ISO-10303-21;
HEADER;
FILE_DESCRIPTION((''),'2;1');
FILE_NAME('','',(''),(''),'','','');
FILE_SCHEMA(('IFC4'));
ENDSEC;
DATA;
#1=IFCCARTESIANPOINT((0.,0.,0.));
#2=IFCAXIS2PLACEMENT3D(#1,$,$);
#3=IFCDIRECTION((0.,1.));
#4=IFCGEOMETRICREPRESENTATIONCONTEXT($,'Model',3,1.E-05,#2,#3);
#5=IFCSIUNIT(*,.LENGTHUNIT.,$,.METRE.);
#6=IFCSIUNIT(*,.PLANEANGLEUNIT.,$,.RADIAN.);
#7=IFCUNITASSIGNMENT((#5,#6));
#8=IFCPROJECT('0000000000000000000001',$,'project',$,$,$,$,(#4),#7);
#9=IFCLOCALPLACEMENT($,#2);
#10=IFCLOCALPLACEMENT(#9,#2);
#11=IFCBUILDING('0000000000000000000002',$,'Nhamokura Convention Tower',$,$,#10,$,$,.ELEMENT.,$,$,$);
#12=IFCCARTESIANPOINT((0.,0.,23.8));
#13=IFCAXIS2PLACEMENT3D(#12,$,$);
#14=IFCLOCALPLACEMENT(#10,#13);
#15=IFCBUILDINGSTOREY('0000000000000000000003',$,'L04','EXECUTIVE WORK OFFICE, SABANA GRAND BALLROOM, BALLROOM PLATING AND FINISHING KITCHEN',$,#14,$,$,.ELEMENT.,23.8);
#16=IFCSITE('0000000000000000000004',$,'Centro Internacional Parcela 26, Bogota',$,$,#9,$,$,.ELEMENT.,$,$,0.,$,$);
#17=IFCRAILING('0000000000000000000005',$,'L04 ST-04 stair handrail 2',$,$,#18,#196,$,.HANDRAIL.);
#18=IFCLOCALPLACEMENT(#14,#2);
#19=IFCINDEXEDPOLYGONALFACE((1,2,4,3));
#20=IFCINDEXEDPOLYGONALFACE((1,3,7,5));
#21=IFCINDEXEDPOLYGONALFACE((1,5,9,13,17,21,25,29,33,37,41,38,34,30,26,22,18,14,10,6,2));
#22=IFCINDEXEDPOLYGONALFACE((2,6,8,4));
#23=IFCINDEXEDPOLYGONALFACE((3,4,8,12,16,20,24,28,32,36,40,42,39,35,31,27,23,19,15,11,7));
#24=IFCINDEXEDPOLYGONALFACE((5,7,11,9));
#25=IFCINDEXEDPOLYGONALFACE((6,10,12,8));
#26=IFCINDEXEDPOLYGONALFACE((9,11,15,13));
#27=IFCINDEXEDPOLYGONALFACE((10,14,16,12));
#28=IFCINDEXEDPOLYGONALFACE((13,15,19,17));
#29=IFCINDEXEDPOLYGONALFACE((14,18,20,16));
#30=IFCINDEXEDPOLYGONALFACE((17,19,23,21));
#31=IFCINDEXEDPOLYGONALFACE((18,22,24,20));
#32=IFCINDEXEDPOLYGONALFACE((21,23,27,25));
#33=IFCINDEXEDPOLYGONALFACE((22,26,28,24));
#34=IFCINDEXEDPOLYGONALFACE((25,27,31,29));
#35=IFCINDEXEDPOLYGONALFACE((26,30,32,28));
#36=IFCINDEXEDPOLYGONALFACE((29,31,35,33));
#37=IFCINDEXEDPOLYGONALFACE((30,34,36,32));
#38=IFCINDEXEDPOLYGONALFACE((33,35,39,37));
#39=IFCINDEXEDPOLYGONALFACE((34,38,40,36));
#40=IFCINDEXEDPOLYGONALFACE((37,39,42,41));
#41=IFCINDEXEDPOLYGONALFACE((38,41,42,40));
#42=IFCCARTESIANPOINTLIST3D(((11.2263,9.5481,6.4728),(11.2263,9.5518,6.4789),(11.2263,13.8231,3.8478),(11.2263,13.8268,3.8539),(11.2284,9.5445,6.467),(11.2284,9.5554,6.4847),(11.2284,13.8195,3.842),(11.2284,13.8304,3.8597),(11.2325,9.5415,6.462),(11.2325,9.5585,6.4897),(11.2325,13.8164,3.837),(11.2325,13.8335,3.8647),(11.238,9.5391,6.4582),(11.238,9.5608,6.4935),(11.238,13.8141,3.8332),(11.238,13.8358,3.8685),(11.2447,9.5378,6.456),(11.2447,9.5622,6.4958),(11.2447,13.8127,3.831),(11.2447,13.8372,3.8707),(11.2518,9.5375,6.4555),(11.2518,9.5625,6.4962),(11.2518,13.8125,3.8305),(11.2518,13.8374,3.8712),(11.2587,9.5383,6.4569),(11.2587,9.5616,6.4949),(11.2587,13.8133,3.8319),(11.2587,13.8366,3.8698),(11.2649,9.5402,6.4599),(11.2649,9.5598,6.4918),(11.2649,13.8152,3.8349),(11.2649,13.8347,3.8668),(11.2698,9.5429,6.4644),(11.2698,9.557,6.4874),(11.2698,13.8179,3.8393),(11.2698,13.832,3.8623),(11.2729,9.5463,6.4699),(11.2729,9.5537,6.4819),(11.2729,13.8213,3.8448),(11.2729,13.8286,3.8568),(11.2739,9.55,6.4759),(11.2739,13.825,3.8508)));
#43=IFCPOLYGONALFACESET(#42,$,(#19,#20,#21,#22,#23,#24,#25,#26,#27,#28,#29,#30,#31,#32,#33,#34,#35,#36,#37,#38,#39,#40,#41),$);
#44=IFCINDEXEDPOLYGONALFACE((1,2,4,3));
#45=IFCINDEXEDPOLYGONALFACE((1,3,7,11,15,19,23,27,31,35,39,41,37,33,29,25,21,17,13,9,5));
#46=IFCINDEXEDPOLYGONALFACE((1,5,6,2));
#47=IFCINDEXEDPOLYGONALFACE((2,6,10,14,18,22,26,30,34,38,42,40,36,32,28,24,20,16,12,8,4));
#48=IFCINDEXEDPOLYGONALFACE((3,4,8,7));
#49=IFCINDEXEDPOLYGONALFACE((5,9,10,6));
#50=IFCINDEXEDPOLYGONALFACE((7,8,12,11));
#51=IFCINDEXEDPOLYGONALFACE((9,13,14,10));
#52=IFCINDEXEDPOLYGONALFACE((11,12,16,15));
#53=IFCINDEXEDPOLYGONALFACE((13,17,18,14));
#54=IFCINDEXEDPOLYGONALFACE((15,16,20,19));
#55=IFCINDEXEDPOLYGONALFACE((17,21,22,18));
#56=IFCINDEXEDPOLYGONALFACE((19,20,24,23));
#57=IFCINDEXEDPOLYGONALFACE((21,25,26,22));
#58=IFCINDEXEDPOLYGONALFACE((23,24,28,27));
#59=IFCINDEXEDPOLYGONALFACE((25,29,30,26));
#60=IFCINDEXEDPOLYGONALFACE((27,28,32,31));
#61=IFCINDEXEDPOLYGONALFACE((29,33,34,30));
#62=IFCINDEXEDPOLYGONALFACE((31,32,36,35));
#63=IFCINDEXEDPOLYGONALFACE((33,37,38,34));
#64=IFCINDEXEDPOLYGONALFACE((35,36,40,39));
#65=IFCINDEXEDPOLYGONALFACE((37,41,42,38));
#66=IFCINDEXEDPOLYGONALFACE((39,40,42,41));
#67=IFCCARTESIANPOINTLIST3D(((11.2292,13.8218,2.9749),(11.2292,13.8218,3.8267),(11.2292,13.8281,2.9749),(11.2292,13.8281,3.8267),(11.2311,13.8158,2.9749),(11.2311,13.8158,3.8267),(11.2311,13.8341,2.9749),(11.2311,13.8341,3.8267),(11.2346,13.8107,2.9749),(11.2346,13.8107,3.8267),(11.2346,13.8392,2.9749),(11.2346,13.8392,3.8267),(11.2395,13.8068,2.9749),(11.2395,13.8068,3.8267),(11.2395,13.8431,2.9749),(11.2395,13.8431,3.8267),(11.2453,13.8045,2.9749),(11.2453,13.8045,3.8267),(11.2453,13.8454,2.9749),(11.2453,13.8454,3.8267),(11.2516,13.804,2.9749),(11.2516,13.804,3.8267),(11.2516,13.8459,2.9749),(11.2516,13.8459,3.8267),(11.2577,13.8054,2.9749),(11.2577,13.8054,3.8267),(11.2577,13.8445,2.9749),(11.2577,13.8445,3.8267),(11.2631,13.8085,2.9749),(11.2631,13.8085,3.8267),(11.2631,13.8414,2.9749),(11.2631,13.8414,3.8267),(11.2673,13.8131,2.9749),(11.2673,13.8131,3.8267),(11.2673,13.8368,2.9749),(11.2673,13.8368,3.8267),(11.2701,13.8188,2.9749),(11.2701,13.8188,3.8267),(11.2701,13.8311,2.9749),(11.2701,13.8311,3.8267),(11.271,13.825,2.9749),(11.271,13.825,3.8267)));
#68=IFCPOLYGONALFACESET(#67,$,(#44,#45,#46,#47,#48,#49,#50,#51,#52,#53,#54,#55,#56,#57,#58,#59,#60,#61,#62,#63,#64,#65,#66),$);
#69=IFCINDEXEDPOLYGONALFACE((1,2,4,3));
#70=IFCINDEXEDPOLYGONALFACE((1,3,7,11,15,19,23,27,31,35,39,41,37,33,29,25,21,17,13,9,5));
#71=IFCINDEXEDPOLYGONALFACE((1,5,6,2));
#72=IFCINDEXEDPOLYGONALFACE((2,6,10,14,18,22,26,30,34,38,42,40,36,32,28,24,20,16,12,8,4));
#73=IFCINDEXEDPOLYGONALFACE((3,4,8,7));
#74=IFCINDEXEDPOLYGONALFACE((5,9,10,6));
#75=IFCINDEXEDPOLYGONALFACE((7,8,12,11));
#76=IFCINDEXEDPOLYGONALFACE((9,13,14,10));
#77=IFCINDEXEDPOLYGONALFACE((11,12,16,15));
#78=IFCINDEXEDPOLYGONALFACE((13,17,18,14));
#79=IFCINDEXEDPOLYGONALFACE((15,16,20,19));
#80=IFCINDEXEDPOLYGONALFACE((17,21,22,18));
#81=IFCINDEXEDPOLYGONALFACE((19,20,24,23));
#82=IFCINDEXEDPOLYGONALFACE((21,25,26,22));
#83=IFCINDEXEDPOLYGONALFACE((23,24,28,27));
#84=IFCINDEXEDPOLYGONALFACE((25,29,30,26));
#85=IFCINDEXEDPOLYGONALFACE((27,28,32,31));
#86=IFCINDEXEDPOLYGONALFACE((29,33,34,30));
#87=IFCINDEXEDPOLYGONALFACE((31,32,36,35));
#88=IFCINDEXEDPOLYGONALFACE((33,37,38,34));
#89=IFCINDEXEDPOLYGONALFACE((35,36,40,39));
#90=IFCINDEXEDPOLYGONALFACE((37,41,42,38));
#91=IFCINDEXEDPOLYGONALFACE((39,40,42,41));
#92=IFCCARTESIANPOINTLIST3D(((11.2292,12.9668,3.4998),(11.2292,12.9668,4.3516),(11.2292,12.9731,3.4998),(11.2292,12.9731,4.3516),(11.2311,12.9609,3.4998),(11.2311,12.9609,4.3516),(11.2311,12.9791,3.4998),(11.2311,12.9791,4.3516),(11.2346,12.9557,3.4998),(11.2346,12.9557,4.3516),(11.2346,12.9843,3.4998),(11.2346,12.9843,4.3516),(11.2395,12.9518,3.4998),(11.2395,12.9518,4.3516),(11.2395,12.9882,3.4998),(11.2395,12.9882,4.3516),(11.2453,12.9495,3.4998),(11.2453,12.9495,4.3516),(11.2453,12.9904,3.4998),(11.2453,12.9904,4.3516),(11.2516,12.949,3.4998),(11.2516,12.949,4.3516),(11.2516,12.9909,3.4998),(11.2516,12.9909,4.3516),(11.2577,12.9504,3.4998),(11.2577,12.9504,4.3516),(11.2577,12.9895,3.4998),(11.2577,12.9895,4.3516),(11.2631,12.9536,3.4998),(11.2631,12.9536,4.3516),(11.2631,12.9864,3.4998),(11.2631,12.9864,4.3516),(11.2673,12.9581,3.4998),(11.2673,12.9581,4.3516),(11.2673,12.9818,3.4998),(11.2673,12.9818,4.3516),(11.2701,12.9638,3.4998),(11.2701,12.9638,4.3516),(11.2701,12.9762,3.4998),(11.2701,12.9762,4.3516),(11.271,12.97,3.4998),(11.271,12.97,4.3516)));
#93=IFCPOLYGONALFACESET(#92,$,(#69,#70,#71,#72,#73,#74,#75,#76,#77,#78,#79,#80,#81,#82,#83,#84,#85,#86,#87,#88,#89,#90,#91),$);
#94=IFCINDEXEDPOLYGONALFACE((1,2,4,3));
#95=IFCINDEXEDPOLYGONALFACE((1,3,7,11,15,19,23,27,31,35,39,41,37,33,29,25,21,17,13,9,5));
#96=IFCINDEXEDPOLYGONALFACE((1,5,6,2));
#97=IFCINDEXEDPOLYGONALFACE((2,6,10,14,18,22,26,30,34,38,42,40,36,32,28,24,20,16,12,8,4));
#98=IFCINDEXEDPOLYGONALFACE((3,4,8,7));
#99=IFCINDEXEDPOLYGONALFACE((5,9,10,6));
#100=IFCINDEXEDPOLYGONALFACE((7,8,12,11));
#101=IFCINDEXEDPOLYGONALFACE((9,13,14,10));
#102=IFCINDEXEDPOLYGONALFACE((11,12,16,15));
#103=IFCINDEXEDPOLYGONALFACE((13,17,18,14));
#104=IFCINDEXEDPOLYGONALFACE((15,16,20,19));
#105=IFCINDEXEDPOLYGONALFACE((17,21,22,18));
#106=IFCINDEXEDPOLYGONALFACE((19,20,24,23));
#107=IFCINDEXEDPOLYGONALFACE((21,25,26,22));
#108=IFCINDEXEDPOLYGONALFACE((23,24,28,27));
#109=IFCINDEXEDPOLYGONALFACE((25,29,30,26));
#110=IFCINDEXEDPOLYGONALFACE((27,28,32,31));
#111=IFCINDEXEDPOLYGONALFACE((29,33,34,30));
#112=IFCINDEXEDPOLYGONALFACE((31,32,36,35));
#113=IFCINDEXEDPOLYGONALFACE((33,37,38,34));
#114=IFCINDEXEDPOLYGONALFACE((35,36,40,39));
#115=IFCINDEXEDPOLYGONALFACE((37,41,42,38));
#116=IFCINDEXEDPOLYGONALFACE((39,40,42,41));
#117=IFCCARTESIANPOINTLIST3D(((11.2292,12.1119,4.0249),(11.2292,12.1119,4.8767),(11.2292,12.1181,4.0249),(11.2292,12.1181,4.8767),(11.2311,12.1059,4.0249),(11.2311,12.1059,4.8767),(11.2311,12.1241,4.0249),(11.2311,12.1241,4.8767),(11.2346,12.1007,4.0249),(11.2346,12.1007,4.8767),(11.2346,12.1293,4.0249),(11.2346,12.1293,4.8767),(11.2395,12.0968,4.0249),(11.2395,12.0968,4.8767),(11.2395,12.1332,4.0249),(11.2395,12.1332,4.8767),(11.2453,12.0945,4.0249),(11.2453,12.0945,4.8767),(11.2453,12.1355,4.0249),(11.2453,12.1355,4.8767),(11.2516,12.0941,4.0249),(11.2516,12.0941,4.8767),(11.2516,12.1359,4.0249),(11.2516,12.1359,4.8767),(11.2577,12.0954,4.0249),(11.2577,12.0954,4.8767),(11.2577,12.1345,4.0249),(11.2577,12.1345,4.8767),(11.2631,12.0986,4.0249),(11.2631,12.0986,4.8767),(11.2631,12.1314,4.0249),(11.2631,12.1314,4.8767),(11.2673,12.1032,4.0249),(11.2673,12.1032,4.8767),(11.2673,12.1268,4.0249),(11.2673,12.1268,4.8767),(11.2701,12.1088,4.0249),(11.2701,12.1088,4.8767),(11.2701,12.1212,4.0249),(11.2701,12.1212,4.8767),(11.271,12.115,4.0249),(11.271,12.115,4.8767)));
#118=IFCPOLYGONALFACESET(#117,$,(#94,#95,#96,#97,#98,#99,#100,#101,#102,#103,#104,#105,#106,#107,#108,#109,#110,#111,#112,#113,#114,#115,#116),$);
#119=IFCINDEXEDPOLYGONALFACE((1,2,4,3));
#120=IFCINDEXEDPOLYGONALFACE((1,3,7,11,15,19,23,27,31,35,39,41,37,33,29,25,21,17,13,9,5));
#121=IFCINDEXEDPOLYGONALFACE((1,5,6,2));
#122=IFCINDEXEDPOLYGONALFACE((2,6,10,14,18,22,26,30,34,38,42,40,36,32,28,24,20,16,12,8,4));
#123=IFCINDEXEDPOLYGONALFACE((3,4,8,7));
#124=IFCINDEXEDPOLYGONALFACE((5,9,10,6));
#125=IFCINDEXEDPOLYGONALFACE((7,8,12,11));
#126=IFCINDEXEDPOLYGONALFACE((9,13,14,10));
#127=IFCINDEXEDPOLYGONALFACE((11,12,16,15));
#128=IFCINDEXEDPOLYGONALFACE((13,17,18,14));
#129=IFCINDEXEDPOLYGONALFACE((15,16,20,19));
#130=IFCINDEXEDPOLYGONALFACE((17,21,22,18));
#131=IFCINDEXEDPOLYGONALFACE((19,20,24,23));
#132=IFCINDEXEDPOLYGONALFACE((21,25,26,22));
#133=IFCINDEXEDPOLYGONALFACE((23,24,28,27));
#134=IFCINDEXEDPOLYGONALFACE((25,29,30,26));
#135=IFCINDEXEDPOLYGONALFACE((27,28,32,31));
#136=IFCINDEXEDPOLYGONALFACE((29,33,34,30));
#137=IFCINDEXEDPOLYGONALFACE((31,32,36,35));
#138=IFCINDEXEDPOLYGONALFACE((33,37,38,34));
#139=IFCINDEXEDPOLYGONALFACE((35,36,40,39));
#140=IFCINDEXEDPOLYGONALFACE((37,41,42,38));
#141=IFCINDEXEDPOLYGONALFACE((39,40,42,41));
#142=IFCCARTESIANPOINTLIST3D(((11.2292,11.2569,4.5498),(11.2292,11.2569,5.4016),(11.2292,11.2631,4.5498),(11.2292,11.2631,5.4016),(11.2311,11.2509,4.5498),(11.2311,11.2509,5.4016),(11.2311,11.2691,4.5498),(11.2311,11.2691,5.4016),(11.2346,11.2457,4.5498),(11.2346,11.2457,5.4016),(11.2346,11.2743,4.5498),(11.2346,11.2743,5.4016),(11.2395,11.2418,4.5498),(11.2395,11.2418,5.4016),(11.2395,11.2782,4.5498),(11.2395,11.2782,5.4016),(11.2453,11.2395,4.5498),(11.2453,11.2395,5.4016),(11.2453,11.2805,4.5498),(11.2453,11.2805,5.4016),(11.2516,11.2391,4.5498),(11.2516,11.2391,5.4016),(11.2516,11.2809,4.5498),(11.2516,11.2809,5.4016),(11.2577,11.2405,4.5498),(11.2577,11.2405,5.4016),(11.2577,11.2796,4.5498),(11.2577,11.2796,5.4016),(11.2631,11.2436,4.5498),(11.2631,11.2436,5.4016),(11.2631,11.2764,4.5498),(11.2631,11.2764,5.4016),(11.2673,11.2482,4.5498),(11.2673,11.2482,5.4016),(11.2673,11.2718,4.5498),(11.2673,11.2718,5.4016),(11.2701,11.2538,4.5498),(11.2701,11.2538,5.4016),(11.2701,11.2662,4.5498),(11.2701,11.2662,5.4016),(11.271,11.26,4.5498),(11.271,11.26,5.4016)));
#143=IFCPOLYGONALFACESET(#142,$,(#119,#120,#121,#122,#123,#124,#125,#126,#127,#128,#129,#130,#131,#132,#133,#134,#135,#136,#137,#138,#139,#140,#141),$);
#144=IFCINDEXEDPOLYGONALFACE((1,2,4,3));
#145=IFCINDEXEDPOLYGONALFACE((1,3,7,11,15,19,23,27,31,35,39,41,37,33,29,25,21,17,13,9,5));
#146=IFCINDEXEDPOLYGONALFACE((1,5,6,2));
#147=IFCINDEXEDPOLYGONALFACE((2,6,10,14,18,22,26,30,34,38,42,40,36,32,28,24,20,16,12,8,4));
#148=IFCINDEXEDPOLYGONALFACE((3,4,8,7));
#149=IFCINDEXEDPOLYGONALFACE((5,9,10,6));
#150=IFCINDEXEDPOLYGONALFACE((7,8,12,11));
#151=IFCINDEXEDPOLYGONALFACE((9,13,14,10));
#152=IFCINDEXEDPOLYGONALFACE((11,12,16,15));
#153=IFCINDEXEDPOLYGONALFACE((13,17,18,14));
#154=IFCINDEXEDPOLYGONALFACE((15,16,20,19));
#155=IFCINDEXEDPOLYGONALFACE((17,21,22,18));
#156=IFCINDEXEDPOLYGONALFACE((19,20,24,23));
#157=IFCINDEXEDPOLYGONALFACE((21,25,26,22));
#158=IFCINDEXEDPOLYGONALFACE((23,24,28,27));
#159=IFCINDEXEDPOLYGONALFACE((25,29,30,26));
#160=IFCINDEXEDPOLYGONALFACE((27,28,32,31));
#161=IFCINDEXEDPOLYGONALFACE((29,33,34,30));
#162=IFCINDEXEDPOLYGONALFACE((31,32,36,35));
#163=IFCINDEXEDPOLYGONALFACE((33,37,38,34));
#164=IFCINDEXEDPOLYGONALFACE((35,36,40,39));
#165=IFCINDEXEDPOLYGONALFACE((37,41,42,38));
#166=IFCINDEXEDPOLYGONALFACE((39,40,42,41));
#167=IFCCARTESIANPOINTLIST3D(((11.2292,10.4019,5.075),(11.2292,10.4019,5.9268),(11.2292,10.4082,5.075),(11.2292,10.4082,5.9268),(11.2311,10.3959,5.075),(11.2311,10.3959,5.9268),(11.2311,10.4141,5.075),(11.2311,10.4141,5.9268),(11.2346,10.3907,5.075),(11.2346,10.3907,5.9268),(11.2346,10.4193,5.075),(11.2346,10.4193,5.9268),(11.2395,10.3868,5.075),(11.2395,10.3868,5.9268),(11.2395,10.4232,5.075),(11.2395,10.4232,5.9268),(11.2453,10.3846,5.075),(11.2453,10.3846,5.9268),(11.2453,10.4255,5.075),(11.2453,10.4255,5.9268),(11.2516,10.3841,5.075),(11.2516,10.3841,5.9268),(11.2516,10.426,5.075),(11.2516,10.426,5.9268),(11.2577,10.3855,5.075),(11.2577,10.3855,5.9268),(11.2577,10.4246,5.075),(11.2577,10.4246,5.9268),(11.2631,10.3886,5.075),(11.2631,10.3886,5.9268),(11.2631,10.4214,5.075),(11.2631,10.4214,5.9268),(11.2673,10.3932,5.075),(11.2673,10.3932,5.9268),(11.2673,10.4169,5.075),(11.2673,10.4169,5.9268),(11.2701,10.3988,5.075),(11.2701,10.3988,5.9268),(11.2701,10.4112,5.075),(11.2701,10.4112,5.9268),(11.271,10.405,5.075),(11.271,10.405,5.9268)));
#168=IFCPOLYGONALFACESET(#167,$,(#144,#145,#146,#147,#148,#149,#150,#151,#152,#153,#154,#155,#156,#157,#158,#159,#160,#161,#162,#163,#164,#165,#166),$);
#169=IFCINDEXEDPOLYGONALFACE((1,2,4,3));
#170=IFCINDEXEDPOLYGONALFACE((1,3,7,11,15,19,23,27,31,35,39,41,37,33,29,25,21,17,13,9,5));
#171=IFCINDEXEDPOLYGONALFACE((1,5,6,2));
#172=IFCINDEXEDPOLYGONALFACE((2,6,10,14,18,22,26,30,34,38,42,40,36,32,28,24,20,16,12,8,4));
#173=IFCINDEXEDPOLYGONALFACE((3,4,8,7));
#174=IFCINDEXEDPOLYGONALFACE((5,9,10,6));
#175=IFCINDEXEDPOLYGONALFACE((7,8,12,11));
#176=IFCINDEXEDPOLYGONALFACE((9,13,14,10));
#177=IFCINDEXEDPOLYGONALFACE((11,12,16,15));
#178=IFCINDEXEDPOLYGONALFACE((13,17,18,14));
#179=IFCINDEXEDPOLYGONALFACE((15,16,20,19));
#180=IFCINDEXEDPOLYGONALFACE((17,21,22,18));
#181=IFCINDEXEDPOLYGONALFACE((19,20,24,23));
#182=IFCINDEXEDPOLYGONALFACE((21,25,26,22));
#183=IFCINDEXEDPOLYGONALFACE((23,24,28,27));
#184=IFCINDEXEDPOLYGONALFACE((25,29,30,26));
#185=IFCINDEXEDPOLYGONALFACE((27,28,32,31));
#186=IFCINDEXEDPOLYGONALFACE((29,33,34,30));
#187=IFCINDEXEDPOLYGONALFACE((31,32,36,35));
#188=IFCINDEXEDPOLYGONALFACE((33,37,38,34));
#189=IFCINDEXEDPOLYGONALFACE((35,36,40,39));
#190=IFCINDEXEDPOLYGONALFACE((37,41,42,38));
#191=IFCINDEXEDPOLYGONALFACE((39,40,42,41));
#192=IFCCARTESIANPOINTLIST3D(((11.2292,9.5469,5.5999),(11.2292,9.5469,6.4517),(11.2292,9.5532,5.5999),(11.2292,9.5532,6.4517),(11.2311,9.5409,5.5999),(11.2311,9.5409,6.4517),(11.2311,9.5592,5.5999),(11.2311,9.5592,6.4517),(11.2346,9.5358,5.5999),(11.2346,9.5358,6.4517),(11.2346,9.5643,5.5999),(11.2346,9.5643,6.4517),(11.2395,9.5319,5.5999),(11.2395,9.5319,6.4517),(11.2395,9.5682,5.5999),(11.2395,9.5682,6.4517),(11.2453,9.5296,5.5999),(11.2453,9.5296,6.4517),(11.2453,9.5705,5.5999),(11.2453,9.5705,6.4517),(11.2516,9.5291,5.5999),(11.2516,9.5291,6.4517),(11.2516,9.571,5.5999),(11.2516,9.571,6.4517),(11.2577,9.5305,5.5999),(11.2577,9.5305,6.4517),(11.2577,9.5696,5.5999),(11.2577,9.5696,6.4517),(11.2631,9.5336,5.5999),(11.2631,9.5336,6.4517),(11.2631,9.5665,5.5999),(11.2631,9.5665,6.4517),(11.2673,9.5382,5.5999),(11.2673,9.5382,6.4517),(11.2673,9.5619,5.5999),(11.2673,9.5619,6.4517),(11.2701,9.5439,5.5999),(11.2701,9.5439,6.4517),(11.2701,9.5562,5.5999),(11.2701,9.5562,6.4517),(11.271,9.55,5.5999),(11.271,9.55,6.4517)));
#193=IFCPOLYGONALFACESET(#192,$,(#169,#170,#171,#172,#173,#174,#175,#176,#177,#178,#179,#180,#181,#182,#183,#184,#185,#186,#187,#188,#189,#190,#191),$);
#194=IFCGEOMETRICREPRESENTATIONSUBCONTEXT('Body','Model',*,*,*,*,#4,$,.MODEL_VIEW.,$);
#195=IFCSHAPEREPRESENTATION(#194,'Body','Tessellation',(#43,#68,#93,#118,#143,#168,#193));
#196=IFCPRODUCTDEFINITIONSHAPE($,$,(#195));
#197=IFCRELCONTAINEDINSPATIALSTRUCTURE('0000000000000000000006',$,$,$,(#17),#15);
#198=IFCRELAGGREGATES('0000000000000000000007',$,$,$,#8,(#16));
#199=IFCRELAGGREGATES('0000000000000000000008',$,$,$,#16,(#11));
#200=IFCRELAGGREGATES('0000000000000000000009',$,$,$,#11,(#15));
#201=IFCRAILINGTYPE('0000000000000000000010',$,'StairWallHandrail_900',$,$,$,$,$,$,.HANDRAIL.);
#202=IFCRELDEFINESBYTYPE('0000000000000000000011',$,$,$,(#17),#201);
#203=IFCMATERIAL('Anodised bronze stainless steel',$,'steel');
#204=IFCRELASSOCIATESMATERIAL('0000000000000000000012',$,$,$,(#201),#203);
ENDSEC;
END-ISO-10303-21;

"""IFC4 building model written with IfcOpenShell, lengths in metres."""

from ifc_helpers import new_model, si_unit, direction, frame, origin, origin_2d, place, context, subcontext, project, spatial, circle, extrude, material, type_object, element, save


model = new_model("IFC4")

# Units and contexts
model_context = context("Model", 3, precision=1e-05, world=origin(), true_north=direction((0.0, 1.0)))
body_context = subcontext(model_context, "Body", "Model", "MODEL_VIEW")
ifc_project = project(units=[si_unit("LENGTHUNIT", "METRE"), si_unit("PLANEANGLEUNIT", "RADIAN")], contexts=[model_context])

# Site, building, storey
site_placement = place(None, origin())
site = spatial("IfcSite", under=ifc_project, at=site_placement, Name="Centro Internacional Parcela 26, Bogota", CompositionType="ELEMENT", RefElevation=0.0)
building_placement = place(site_placement, origin())
building = spatial("IfcBuilding", under=site, at=building_placement, Name="Nhamokura Convention Tower", CompositionType="ELEMENT")
storey_placement = place(building_placement, frame((0.0, 0.0, 23.8)))
storey = spatial("IfcBuildingStorey", under=building, at=storey_placement, Name="L04", Description="EXECUTIVE WORK OFFICE, SABANA GRAND BALLROOM, BALLROOM PLATING AND FINISHING KITCHEN", CompositionType="ELEMENT", Elevation=23.8)

# Railing
ifc_material_1 = material(Name="Anodised bronze stainless steel", Category="steel")
railing_type_1 = type_object("IfcRailingType", Name="StairWallHandrail_900", PredefinedType="HANDRAIL", material=ifc_material_1)
railing_1_placement = place(storey_placement, frame((11.25, 13.825, 2.9749)))
element("IfcRailing", 1, at=railing_1_placement, inside=storey, type_object=railing_type_1, Name="L04 ST-04 stair handrail 2", PredefinedType="HANDRAIL", context=body_context, shape_type="SweptSolid", body=[
    extrude(circle(Radius=0.0239, at=origin_2d()), frame((0.0, 0.0, 0.876), z_axis=(0.0, -0.852166, 0.523272), x_axis=(1.0, 0.0, 0.0)), (0.0, 0.0, 1.0), 5.0166),
    extrude(circle(Radius=0.021, at=origin_2d()), origin(), (0.0, 0.0, 1.0), 0.8518),
    extrude(circle(Radius=0.021, at=origin_2d()), frame((0.0, -0.855, 0.5249)), (0.0, 0.0, 1.0), 0.8518),
    extrude(circle(Radius=0.021, at=origin_2d()), frame((0.0, -1.71, 1.05)), (0.0, 0.0, 1.0), 0.8518),
    extrude(circle(Radius=0.021, at=origin_2d()), frame((0.0, -2.5649, 1.575)), (0.0, 0.0, 1.0), 0.8518),
    extrude(circle(Radius=0.021, at=origin_2d()), frame((0.0, -3.4199, 2.1001)), (0.0, 0.0, 1.0), 0.8518),
    extrude(circle(Radius=0.021, at=origin_2d()), frame((0.0, -4.2749, 2.625)), (0.0, 0.0, 1.0), 0.8518),
])

save(model, "model.ifc")
